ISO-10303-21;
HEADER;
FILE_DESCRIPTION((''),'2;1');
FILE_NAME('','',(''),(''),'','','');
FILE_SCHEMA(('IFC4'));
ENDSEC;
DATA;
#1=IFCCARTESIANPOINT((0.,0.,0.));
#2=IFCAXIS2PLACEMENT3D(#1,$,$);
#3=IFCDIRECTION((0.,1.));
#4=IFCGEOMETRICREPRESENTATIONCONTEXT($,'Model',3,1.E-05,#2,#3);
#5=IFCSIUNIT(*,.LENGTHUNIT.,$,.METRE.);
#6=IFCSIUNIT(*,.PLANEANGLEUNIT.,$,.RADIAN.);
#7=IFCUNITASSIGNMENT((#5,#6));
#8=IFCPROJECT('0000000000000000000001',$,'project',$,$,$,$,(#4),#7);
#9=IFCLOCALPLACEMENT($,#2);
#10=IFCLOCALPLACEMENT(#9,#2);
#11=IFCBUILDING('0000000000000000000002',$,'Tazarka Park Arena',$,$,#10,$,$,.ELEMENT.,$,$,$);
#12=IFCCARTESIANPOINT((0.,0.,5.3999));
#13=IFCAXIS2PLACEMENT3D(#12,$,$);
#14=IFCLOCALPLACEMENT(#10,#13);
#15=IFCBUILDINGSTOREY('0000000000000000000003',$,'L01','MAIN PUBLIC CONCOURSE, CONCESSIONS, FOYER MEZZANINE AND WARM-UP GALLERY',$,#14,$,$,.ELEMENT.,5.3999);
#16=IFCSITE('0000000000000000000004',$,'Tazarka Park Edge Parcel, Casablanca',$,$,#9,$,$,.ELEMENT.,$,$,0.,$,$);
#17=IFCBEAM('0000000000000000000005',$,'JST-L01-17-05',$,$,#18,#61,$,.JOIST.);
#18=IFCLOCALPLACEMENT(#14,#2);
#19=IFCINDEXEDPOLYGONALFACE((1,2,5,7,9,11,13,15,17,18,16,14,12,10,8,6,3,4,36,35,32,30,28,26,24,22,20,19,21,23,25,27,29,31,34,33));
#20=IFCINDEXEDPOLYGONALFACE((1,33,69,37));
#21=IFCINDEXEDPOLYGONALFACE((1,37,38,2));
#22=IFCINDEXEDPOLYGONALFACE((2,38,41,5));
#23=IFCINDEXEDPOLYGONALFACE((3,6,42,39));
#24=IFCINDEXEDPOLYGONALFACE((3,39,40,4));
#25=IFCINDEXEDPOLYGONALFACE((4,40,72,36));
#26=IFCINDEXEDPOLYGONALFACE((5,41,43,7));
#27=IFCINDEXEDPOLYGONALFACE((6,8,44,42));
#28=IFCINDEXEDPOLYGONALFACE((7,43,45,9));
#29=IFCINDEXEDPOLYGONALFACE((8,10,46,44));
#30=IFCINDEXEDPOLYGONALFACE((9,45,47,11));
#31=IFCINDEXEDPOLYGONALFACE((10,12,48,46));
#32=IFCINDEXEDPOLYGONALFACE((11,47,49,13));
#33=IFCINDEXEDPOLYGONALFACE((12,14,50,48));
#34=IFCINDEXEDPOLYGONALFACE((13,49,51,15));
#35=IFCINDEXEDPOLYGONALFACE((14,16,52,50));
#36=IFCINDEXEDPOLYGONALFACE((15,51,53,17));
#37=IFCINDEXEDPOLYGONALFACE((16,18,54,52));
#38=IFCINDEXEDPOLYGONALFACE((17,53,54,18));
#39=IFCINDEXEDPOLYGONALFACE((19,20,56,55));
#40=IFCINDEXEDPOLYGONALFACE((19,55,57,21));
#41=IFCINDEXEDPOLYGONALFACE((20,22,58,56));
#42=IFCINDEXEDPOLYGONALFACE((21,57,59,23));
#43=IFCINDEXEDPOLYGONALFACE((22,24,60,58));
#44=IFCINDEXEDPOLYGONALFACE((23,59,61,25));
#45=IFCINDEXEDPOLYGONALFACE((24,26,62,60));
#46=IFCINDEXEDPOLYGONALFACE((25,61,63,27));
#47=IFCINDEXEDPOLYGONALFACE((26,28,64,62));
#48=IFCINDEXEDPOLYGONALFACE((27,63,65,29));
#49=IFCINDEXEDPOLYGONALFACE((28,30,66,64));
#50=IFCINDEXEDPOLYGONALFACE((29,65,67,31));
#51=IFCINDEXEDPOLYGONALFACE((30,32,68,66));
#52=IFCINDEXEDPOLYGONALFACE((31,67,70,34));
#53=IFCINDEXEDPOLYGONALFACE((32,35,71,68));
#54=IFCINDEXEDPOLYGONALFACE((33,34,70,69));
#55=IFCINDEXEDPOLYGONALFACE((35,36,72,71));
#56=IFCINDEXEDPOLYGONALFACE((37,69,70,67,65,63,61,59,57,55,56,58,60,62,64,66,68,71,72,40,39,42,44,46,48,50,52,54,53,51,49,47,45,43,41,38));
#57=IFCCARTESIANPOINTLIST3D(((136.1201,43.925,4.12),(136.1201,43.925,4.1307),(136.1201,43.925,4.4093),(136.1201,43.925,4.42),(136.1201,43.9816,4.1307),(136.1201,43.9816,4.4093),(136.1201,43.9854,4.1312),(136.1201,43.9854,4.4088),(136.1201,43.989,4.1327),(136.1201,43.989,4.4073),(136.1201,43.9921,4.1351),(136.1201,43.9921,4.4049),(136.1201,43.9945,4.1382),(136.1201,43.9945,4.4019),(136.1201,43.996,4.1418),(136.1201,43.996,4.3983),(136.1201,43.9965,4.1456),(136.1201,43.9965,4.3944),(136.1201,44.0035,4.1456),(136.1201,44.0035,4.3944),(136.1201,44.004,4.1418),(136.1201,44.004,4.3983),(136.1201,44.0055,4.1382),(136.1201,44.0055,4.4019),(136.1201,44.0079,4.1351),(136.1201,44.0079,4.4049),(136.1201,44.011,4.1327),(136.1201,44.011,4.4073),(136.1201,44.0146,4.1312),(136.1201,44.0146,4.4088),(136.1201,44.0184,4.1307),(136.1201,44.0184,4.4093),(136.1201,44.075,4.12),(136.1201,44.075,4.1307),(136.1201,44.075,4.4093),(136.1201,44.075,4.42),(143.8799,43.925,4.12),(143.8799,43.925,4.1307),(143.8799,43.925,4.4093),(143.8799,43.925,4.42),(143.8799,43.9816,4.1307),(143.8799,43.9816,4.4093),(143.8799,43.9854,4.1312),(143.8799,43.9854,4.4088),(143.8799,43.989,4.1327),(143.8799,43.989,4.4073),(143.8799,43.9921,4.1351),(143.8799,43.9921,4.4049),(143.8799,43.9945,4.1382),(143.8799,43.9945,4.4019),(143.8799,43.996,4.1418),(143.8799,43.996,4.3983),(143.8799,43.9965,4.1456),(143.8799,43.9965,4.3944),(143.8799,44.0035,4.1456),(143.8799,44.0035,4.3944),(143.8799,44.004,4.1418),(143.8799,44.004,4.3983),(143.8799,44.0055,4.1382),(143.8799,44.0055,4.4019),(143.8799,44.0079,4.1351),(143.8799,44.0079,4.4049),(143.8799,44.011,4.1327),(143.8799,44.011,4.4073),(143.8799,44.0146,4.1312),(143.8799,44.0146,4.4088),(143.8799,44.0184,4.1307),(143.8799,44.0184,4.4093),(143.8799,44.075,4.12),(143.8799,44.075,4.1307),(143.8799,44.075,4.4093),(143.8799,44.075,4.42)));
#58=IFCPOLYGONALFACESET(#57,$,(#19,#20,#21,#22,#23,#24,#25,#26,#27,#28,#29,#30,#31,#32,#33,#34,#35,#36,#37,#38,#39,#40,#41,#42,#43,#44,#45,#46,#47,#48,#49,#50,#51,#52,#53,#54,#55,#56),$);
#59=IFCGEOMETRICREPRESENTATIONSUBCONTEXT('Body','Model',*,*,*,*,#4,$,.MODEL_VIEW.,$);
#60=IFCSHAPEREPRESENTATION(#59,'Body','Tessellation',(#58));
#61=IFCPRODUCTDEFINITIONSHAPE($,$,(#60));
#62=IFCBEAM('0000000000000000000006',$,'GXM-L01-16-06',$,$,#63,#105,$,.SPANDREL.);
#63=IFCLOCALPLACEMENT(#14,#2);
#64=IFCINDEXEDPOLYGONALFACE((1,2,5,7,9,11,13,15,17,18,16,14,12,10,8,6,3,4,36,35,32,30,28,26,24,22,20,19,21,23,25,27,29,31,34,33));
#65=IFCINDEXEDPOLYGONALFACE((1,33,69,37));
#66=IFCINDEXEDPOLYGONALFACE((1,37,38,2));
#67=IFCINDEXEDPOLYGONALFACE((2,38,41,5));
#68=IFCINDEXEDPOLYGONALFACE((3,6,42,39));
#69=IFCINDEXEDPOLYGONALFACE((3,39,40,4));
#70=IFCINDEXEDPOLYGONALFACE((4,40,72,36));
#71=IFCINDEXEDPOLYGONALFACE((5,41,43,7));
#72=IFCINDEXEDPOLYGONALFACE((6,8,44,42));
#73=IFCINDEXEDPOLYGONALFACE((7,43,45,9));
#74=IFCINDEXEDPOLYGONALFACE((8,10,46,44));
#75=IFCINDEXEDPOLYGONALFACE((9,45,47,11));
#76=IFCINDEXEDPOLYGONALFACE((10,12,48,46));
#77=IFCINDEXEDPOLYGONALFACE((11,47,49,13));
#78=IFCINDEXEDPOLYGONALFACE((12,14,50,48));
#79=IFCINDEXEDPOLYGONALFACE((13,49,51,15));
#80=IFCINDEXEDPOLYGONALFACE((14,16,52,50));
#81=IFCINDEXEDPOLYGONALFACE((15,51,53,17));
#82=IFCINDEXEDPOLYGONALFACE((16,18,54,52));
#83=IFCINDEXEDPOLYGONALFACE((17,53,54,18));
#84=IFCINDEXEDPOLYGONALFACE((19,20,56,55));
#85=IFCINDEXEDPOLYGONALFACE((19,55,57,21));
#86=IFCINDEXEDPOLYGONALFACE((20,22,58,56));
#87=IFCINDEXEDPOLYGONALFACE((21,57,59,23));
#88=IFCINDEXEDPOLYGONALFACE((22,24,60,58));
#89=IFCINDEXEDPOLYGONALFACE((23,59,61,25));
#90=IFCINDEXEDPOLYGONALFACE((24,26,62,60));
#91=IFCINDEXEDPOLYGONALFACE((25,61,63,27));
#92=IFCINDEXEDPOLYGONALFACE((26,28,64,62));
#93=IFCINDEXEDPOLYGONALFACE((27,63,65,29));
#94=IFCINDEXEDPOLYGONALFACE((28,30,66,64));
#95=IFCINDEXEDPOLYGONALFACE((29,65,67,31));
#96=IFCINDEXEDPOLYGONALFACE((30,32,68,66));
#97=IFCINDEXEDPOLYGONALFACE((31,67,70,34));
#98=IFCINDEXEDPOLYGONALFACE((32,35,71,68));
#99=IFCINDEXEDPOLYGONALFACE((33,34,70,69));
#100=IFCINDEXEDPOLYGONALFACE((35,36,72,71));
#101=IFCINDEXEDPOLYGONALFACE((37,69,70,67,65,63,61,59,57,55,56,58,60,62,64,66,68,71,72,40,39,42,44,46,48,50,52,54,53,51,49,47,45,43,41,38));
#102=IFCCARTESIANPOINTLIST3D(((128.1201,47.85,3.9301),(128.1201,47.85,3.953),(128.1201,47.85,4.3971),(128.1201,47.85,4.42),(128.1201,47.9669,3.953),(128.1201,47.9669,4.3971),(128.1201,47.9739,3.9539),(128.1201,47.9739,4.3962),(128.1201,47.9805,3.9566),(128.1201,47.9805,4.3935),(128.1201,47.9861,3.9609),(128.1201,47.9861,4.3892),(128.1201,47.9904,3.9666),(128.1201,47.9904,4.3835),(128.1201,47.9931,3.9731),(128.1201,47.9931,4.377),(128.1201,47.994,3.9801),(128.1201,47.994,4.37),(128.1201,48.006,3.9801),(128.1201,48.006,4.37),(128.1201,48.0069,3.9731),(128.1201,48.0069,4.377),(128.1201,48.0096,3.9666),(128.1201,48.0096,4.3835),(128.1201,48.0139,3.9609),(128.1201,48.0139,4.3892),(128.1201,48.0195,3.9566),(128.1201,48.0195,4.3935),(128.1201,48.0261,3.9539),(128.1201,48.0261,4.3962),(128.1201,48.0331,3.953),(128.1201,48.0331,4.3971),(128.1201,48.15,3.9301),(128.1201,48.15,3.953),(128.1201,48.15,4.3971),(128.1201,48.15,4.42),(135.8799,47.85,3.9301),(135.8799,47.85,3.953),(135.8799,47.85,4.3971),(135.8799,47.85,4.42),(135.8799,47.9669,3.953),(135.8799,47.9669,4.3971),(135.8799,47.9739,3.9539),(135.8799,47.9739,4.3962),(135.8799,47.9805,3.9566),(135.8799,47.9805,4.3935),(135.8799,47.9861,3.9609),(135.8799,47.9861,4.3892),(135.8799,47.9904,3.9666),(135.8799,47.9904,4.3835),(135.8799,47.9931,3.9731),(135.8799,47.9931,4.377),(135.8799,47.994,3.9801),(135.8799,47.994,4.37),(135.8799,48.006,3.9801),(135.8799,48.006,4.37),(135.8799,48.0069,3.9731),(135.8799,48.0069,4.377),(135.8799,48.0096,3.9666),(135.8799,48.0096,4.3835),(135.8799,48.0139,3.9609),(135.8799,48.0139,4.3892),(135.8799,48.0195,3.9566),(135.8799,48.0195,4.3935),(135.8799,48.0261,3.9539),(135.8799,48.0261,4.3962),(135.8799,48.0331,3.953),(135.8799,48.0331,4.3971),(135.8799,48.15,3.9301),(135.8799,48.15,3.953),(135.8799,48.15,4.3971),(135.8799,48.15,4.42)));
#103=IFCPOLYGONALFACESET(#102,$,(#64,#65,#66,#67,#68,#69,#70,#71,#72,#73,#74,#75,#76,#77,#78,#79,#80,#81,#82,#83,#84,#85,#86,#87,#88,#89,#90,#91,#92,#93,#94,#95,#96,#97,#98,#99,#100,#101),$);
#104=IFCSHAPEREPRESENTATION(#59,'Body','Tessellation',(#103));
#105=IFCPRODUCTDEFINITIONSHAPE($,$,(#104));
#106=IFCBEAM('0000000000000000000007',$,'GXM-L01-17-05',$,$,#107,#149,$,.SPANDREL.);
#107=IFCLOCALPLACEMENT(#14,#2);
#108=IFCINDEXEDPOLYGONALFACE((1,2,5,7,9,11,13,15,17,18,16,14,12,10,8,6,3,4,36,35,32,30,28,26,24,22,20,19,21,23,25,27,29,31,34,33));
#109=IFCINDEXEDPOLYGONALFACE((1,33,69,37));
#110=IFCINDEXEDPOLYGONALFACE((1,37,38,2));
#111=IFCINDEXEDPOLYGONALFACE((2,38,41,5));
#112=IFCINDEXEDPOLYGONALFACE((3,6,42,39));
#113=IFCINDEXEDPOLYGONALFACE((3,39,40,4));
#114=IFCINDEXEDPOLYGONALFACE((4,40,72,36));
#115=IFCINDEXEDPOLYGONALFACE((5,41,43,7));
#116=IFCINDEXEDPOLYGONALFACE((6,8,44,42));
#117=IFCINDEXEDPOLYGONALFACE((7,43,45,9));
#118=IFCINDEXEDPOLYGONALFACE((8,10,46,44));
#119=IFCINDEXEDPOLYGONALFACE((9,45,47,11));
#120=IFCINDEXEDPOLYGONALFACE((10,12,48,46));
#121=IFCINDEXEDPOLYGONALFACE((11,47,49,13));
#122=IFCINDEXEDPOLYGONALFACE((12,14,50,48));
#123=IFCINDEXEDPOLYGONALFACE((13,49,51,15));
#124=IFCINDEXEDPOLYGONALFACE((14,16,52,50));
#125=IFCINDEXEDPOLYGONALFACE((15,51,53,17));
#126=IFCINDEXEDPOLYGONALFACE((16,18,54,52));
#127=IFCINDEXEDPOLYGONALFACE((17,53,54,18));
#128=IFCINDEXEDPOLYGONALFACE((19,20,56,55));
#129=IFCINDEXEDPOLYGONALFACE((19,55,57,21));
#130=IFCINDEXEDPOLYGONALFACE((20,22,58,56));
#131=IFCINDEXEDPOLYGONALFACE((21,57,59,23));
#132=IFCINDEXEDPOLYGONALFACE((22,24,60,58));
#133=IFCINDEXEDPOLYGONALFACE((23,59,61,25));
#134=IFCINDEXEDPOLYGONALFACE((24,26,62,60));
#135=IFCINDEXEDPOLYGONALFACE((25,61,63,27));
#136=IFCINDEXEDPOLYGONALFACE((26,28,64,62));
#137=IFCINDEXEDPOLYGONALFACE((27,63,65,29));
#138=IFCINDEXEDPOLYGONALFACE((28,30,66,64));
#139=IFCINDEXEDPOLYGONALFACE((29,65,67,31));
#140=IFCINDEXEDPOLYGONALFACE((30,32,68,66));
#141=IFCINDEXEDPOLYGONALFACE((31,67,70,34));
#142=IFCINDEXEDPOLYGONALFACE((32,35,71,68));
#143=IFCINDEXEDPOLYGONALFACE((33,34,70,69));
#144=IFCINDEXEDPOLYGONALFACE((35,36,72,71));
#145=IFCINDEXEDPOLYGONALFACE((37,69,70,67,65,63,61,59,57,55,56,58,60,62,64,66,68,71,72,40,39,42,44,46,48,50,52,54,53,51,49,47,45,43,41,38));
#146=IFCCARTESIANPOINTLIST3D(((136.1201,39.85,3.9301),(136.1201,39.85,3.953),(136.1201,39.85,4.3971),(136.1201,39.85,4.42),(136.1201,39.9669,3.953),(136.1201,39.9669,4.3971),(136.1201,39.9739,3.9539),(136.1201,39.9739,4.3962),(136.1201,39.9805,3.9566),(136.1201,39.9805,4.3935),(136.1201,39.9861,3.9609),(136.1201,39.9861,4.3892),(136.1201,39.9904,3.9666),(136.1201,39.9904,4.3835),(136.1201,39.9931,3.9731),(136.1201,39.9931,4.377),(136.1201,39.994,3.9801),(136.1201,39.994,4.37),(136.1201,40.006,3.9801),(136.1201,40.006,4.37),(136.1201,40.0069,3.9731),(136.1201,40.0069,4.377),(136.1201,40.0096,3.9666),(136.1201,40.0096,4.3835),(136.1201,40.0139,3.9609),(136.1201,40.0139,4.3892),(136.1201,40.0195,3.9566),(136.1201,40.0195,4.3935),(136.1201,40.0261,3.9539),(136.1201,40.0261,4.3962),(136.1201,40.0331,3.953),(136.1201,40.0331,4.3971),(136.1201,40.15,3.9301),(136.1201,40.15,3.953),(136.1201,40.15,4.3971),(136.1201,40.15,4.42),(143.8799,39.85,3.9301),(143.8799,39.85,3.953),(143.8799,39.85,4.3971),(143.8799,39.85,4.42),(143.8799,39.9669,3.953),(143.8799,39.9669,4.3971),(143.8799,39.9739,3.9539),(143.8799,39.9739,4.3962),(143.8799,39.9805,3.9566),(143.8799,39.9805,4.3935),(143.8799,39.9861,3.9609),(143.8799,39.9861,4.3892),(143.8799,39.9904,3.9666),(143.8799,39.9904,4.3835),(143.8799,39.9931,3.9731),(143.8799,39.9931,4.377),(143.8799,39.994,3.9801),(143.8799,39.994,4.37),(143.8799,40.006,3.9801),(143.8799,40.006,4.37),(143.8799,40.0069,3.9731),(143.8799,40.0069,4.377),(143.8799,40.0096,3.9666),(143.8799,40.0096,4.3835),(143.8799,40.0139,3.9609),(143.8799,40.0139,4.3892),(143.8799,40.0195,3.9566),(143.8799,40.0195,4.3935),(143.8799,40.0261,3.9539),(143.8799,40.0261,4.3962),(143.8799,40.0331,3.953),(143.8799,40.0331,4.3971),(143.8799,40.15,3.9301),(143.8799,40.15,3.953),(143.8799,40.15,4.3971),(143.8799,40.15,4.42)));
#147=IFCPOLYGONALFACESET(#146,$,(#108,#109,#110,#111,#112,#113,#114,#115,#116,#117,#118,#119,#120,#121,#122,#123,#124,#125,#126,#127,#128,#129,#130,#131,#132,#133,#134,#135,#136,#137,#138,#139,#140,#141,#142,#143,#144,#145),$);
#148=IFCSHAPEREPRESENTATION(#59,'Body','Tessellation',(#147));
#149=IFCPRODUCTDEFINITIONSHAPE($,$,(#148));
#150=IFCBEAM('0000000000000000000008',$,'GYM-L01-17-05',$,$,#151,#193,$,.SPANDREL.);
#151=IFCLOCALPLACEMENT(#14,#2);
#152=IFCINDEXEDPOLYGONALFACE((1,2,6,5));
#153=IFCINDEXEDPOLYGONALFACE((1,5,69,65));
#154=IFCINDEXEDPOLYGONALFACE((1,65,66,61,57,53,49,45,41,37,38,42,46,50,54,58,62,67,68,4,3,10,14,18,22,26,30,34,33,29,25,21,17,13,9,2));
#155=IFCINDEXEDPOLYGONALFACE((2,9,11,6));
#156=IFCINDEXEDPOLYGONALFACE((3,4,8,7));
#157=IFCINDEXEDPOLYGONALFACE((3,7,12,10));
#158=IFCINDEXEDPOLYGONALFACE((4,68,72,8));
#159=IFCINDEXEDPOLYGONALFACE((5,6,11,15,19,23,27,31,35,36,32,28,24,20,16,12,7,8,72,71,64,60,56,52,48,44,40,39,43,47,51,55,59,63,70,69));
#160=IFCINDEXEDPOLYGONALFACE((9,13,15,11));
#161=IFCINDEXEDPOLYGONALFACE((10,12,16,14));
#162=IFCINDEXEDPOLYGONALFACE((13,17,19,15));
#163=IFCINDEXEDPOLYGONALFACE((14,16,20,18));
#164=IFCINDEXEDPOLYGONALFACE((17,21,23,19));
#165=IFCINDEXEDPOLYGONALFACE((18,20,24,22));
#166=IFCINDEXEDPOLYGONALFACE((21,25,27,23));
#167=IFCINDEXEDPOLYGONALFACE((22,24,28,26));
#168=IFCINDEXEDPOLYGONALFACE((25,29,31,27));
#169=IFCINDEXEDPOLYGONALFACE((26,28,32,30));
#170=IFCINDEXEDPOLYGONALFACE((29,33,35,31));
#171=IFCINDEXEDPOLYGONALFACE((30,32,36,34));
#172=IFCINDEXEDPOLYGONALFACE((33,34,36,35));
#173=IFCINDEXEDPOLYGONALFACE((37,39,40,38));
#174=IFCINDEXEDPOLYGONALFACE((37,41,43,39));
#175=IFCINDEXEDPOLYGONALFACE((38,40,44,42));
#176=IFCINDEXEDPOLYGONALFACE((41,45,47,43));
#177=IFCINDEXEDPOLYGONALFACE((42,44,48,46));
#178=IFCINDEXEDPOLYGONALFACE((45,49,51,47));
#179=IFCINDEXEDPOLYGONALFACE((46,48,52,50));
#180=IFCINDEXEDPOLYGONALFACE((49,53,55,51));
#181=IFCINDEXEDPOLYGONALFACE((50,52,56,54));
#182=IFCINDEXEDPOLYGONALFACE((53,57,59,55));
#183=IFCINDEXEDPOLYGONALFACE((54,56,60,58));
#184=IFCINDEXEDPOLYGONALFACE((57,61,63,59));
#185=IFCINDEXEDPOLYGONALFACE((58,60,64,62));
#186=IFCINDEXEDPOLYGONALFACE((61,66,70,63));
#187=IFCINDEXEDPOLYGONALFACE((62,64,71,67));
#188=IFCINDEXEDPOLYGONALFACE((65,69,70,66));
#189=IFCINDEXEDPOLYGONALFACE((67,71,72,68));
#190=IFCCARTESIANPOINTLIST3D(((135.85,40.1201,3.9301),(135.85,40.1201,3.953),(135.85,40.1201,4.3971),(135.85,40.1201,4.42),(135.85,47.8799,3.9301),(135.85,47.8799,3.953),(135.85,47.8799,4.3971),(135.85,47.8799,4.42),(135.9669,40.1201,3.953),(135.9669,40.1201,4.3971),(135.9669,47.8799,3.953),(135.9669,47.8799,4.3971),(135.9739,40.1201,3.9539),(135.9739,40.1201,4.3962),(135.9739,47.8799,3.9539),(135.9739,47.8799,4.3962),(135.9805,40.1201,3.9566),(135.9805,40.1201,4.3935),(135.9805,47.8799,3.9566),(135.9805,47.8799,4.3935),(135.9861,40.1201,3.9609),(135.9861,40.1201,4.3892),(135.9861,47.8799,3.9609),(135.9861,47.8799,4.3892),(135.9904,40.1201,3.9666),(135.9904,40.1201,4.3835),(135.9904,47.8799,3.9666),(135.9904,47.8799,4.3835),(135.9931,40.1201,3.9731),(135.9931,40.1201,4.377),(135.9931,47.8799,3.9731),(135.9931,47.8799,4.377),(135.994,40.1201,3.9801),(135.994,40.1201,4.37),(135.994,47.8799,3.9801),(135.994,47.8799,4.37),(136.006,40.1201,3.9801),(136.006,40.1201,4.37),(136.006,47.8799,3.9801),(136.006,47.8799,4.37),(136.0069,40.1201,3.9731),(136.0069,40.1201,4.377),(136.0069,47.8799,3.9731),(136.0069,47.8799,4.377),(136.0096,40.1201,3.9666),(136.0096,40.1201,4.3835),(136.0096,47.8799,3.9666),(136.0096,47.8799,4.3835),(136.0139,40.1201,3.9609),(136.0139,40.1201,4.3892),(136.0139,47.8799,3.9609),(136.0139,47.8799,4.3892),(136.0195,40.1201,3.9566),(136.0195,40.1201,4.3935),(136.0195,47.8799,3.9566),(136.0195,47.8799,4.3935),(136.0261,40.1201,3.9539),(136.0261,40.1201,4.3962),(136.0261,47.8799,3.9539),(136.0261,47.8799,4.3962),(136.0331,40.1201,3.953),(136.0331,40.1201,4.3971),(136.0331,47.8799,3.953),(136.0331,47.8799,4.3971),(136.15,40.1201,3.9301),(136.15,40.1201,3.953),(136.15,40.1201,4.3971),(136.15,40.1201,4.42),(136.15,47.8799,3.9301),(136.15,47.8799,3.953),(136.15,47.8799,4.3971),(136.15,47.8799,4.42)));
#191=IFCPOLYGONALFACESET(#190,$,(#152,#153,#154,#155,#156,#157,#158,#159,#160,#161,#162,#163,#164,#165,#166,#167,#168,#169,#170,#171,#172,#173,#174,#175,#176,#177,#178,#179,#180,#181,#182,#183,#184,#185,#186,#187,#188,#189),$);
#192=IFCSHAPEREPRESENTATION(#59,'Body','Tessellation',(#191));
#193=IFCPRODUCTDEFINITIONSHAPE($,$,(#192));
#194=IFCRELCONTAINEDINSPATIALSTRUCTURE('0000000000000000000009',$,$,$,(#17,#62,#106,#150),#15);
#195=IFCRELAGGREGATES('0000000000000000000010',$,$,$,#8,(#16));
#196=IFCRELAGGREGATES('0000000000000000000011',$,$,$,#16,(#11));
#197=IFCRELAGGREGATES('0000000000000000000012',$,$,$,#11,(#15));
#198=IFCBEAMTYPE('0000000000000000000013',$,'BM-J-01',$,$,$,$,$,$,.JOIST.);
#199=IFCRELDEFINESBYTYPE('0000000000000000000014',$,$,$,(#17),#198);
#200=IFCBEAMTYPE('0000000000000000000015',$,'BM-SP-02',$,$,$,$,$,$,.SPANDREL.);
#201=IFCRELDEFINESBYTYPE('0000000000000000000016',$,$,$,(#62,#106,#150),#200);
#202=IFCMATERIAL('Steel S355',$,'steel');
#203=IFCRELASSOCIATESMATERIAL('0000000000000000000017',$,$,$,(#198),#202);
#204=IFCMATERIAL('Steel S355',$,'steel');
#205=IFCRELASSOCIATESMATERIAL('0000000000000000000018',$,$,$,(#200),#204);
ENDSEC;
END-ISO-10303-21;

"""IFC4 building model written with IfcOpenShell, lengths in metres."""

from ifc_helpers import new_model, si_unit, direction, frame, origin, origin_2d, place, context, subcontext, project, spatial, i_section, extrude, material, material_profile, profile_set, type_object, element, save


model = new_model("IFC4")

# Units and contexts
model_context = context("Model", 3, precision=1e-05, world=origin(), true_north=direction((0.0, 1.0)))
body_context = subcontext(model_context, "Body", "Model", "MODEL_VIEW")
ifc_project = project(units=[si_unit("LENGTHUNIT", "METRE"), si_unit("PLANEANGLEUNIT", "RADIAN")], contexts=[model_context])

# Site, building, storey
site_placement = place(None, origin())
site = spatial("IfcSite", under=ifc_project, at=site_placement, Name="Tazarka Park Edge Parcel, Casablanca", CompositionType="ELEMENT", RefElevation=0.0)
building_placement = place(site_placement, origin())
building = spatial("IfcBuilding", under=site, at=building_placement, Name="Tazarka Park Arena", CompositionType="ELEMENT")
storey_placement = place(building_placement, frame((0.0, 0.0, 5.3999)))
storey = spatial("IfcBuildingStorey", under=building, at=storey_placement, Name="L01", Description="MAIN PUBLIC CONCOURSE, CONCESSIONS, FOYER MEZZANINE AND WARM-UP GALLERY", CompositionType="ELEMENT", Elevation=5.3999)

# Beams
ifc_material_1 = material(Name="Steel S355", Category="steel")
ifc_material_profile_1 = material_profile(ifc_material_1, i_section(OverallWidth=0.1499, OverallDepth=0.3, WebThickness=0.0071, FlangeThickness=0.0107, FilletRadius=0.0149, at=origin_2d()), Name="Steel S355")
ifc_profile_set_1 = profile_set([ifc_material_profile_1], Name="Steel S355")
beam_type_1 = type_object("IfcBeamType", Name="BM-J-01", PredefinedType="JOIST", material=ifc_profile_set_1)
beam_1_placement = place(storey_placement, frame((136.1201, 44.0, 4.27), z_axis=(1.0, 0.0, 0.0), x_axis=(0.0, 1.0, 0.0)))
element("IfcBeam", 1, at=beam_1_placement, inside=storey, type_object=beam_type_1, Name="JST-L01-17-05", PredefinedType="JOIST", context=body_context, shape_type="SweptSolid", body=[
    extrude(i_section(OverallWidth=0.1499, OverallDepth=0.3, WebThickness=0.0071, FlangeThickness=0.0107, FilletRadius=0.0149, at=origin_2d()), origin(), (0.0, 0.0, 1.0), 7.7598),
])
ifc_material_2 = material(Name="Steel S355", Category="steel")
ifc_material_profile_2 = material_profile(ifc_material_2, i_section(OverallWidth=0.3, OverallDepth=0.49, WebThickness=0.012, FlangeThickness=0.0229, FilletRadius=0.0271, at=origin_2d()), Name="Steel S355")
ifc_profile_set_2 = profile_set([ifc_material_profile_2], Name="Steel S355")
beam_type_2 = type_object("IfcBeamType", Name="BM-SP-02", PredefinedType="SPANDREL", material=ifc_profile_set_2)
for number, where, z_axis, x_axis, name in (
    (2, (128.1201, 48.0, 4.175), (1.0, 0.0, 0.0), (0.0, 1.0, 0.0), "GXM-L01-16-06"),
    (3, (136.1201, 40.0, 4.175), (1.0, 0.0, 0.0), (0.0, 1.0, 0.0), "GXM-L01-17-05"),
    (4, (136.0, 40.1201, 4.175), (0.0, 1.0, 0.0), (-1.0, 0.0, 0.0), "GYM-L01-17-05"),
):
    element("IfcBeam", number, at=place(storey_placement, frame(where, z_axis=z_axis, x_axis=x_axis)), inside=storey, type_object=beam_type_2, Name=name, PredefinedType="SPANDREL", context=body_context, shape_type="SweptSolid", body=[
        extrude(i_section(OverallWidth=0.3, OverallDepth=0.49, WebThickness=0.012, FlangeThickness=0.0229, FilletRadius=0.0271, at=origin_2d()), origin(), (0.0, 0.0, 1.0), 7.7598),
    ])

save(model, "model.ifc")
